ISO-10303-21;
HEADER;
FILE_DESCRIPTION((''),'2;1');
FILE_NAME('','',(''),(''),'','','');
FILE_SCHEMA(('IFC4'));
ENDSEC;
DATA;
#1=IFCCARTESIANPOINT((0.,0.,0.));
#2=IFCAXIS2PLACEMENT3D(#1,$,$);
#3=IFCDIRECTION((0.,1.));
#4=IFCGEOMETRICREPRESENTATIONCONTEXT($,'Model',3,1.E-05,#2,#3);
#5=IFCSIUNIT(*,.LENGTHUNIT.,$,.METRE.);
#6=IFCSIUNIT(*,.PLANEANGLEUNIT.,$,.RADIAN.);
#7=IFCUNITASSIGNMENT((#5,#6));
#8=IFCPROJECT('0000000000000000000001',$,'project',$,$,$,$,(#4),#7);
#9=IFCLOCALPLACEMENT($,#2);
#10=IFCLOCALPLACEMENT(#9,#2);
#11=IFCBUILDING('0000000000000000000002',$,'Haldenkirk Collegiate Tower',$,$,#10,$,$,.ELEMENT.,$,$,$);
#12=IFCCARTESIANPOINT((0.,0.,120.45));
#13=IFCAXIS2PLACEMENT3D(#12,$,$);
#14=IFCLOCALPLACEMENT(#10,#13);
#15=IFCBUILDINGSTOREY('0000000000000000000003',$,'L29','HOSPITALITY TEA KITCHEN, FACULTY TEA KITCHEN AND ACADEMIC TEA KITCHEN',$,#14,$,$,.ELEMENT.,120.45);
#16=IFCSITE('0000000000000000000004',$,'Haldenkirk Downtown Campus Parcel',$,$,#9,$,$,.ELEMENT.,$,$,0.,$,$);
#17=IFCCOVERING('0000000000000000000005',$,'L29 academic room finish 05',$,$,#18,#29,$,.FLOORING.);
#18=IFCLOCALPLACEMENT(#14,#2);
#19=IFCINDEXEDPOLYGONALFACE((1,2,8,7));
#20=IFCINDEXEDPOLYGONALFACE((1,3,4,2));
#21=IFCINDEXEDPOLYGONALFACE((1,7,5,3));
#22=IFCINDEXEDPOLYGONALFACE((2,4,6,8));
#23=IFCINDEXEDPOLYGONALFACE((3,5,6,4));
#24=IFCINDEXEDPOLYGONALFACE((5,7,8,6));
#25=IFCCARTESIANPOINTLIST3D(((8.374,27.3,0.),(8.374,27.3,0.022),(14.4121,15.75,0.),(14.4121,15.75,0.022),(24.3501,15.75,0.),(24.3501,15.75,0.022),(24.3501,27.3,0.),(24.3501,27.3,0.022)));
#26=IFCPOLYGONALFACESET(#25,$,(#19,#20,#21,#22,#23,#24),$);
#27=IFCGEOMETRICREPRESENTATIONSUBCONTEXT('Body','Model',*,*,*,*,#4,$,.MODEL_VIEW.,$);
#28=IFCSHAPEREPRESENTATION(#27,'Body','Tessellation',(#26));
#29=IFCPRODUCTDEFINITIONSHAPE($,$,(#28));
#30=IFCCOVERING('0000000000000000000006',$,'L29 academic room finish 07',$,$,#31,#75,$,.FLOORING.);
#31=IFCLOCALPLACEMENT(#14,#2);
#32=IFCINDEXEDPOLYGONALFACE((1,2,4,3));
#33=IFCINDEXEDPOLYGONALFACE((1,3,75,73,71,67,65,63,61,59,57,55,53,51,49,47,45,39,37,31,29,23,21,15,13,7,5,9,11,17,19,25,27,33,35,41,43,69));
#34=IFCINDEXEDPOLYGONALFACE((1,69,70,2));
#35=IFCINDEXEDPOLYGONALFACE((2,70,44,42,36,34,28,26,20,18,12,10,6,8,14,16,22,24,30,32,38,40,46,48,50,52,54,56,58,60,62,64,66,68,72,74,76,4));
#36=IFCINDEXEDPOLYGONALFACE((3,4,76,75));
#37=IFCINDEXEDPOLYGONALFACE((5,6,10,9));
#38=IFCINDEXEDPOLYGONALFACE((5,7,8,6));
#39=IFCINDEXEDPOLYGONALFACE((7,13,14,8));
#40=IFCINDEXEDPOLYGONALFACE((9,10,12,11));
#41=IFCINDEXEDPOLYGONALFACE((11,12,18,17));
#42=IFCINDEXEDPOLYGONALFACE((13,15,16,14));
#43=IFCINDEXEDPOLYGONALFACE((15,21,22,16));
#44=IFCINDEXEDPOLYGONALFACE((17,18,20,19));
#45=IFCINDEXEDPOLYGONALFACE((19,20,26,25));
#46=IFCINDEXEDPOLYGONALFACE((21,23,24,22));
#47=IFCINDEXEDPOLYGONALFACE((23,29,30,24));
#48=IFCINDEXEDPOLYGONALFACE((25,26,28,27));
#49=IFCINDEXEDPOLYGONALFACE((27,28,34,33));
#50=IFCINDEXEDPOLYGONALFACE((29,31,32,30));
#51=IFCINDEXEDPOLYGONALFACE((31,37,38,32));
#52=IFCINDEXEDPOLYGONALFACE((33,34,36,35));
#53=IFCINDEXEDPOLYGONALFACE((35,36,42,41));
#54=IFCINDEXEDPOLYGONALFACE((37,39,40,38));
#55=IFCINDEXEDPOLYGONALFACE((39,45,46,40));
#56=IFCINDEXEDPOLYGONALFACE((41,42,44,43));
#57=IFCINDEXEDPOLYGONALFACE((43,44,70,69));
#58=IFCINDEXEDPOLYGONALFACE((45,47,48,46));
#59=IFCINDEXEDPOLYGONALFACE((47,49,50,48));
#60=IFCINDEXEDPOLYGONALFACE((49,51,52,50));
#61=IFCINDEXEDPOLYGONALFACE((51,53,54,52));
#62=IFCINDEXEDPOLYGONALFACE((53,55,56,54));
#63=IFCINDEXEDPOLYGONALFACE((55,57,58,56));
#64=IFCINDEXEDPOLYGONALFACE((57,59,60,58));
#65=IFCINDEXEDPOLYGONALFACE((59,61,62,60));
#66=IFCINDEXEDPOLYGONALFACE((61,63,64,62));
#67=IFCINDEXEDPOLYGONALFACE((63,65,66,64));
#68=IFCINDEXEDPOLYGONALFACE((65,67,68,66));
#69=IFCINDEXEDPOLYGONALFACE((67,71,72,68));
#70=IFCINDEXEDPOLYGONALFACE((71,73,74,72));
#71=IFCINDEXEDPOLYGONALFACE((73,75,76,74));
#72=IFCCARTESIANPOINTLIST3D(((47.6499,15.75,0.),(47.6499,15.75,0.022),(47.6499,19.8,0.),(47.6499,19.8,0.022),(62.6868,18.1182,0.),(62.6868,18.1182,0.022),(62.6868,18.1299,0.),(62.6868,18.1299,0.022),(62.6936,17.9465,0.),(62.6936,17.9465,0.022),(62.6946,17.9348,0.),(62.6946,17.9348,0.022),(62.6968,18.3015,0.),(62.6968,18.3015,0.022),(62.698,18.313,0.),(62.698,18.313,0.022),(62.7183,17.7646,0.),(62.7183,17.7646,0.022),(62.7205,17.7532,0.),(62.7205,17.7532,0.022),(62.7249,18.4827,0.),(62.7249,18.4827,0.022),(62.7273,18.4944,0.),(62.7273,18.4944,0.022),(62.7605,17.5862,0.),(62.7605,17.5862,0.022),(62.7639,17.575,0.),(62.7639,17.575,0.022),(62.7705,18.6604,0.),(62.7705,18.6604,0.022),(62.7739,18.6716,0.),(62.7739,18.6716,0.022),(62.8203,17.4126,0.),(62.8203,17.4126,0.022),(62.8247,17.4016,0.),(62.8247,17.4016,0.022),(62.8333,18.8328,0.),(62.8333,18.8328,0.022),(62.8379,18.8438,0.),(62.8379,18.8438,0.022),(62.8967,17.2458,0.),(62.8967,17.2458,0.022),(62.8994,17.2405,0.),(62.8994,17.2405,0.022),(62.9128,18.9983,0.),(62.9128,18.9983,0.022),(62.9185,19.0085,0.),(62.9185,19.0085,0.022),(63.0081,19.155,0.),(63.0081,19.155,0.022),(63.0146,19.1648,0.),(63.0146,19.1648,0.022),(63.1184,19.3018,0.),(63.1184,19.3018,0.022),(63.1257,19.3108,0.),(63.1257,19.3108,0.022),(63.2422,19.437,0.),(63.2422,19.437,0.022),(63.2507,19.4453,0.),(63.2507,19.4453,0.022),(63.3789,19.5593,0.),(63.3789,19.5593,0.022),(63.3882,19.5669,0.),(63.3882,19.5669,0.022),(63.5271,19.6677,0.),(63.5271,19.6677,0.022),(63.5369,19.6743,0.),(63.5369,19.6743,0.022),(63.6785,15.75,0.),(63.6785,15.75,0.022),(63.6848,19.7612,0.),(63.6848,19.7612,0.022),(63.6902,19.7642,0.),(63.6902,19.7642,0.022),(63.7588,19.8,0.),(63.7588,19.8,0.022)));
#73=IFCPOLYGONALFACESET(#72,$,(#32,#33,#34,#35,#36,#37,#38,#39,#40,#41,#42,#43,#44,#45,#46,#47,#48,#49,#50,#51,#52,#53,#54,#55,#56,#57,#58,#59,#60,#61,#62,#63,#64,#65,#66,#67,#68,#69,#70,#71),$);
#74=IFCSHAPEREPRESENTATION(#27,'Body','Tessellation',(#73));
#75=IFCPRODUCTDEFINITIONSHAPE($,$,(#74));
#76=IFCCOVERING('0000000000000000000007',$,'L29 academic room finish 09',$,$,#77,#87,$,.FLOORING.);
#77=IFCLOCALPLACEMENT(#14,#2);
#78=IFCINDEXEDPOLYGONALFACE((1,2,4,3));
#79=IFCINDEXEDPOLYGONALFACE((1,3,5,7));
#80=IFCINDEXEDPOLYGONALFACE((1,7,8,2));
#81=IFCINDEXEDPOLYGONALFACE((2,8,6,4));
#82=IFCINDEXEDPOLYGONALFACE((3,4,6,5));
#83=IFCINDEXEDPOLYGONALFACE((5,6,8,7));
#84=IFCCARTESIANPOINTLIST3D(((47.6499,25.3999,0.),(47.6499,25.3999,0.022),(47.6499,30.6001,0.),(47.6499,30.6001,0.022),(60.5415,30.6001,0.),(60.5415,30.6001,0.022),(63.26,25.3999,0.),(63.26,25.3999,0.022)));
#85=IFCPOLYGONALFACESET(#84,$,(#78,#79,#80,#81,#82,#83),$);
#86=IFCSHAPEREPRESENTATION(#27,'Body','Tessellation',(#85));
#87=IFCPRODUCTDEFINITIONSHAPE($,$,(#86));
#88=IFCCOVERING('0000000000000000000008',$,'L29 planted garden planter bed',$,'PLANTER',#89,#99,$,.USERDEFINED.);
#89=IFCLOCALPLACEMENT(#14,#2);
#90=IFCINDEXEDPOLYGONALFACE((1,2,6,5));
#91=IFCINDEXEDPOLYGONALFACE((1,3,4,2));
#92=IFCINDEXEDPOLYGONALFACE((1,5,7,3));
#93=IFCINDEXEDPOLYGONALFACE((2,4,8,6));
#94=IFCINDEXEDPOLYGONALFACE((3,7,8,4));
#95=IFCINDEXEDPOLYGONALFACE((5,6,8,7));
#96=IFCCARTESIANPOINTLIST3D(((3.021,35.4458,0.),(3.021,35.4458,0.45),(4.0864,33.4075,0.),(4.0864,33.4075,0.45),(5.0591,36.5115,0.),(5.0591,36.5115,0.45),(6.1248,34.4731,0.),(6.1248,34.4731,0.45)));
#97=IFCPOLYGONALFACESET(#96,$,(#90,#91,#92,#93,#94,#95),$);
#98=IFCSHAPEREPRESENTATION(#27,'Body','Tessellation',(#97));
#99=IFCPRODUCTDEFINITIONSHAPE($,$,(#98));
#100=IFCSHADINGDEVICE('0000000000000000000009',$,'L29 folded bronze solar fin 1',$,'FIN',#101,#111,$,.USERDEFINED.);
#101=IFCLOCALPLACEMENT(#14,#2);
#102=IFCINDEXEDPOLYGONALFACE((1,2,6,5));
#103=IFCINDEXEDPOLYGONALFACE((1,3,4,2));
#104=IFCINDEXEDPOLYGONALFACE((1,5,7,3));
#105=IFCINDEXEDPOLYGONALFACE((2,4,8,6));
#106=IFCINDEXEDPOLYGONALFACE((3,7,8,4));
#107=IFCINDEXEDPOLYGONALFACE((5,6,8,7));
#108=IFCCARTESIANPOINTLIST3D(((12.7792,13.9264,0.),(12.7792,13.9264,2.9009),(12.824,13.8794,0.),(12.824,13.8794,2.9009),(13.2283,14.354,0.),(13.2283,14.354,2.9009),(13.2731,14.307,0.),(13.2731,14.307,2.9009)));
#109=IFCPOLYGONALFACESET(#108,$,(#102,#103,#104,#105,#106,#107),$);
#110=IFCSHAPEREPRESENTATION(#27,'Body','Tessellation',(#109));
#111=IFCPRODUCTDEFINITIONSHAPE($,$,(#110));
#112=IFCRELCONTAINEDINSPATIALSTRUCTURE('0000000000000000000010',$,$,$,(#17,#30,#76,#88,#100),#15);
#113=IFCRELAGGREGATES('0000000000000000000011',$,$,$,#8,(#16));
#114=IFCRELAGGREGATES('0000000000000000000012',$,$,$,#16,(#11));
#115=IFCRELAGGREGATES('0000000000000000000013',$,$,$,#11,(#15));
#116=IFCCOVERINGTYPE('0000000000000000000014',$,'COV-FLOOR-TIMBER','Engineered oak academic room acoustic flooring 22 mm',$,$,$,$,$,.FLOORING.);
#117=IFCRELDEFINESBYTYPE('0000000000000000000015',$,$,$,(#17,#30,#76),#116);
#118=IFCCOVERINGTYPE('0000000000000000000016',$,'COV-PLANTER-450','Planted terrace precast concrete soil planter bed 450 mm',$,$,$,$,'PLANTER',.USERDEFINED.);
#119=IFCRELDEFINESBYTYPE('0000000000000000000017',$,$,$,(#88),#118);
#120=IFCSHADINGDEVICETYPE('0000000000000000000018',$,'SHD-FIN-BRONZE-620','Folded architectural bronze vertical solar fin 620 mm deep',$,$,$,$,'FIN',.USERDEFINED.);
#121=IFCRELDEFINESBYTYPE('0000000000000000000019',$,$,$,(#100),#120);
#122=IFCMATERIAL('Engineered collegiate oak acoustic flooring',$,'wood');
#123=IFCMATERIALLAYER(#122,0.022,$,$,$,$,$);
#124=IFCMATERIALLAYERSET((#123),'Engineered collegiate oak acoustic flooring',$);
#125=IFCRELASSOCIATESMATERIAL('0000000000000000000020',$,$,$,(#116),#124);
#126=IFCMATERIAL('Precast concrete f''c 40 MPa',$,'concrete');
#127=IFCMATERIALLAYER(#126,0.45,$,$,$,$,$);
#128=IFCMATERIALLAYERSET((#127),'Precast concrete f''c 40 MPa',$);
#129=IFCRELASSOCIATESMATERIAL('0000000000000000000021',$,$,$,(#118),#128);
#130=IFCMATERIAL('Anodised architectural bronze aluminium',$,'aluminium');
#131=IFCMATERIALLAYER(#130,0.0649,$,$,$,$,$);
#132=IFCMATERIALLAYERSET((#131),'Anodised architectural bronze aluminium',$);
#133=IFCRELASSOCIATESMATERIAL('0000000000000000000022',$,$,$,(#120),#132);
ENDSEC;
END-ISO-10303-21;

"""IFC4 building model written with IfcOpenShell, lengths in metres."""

from ifc_helpers import new_model, si_unit, direction, frame, origin, origin_2d, place, context, subcontext, project, spatial, polyline, rectangle, outline, extrude, source, transform, mapped, material, layer, layer_set, type_object, element, save


model = new_model("IFC4")

# Units and contexts
model_context = context("Model", 3, precision=1e-05, world=origin(), true_north=direction((0.0, 1.0)))
body_context = subcontext(model_context, "Body", "Model", "MODEL_VIEW")
ifc_project = project(units=[si_unit("LENGTHUNIT", "METRE"), si_unit("PLANEANGLEUNIT", "RADIAN")], contexts=[model_context])

# Site, building, storey
site_placement = place(None, origin())
site = spatial("IfcSite", under=ifc_project, at=site_placement, Name="Haldenkirk Downtown Campus Parcel", CompositionType="ELEMENT", RefElevation=0.0)
building_placement = place(site_placement, origin())
building = spatial("IfcBuilding", under=site, at=building_placement, Name="Haldenkirk Collegiate Tower", CompositionType="ELEMENT")
storey_placement = place(building_placement, frame((0.0, 0.0, 120.45)))
storey = spatial("IfcBuildingStorey", under=building, at=storey_placement, Name="L29", Description="HOSPITALITY TEA KITCHEN, FACULTY TEA KITCHEN AND ACADEMIC TEA KITCHEN", CompositionType="ELEMENT", Elevation=120.45)

# Shared definitions
ifc_material_1 = material(Name="Anodised architectural bronze aluminium", Category="aluminium")

# Coverings
ifc_material_2 = material(Name="Engineered collegiate oak acoustic flooring", Category="wood")
ifc_layer_1 = layer(ifc_material_2, 0.022)
ifc_layer_set_1 = layer_set([ifc_layer_1], Name="Engineered collegiate oak acoustic flooring")
covering_type_1 = type_object("IfcCoveringType", Name="COV-FLOOR-TIMBER", Description="Engineered oak academic room acoustic flooring 22 mm", PredefinedType="FLOORING", material=ifc_layer_set_1)
covering_1_placement = place(storey_placement, origin())
element("IfcCovering", 1, at=covering_1_placement, inside=storey, type_object=covering_type_1, Name="L29 academic room finish 05", PredefinedType="FLOORING", context=body_context, shape_type="SweptSolid", body=[
    extrude(outline(polyline([(8.374, 27.3), (24.3501, 27.3), (24.3501, 15.75), (14.4121, 15.75), (8.374, 27.3)])), origin(), (0.0, 0.0, 1.0), 0.022),
])
covering_2_placement = place(storey_placement, origin())
element("IfcCovering", 2, at=covering_2_placement, inside=storey, type_object=covering_type_1, Name="L29 academic room finish 07", PredefinedType="FLOORING", context=body_context, shape_type="SweptSolid", body=[
    extrude(outline(polyline([(63.6902, 19.7642), (63.6848, 19.7612), (63.5369, 19.6743), (63.5271, 19.6677), (63.3882, 19.5669), (63.3789, 19.5593), (63.2507, 19.4453), (63.2422, 19.437), (63.1257, 19.3108), (63.1184, 19.3018), (63.0146, 19.1648), (63.0081, 19.155), (62.9185, 19.0085), (62.9128, 18.9983), (62.8379, 18.8438), (62.8333, 18.8328), (62.7739, 18.6716), (62.7705, 18.6604), (62.7273, 18.4944), (62.7249, 18.4827), (62.698, 18.313), (62.6968, 18.3015), (62.6868, 18.1299), (62.6868, 18.1182), (62.6936, 17.9465), (62.6946, 17.9348), (62.7183, 17.7646), (62.7205, 17.7532), (62.7605, 17.5862), (62.7639, 17.575), (62.8203, 17.4126), (62.8247, 17.4016), (62.8967, 17.2458), (62.8994, 17.2405), (63.6785, 15.75), (47.6499, 15.75), (47.6499, 19.8), (63.7588, 19.8), (63.6902, 19.7642)])), origin(), (0.0, 0.0, 1.0), 0.022),
])
covering_3_placement = place(storey_placement, origin())
element("IfcCovering", 3, at=covering_3_placement, inside=storey, type_object=covering_type_1, Name="L29 academic room finish 09", PredefinedType="FLOORING", context=body_context, shape_type="SweptSolid", body=[
    extrude(outline(polyline([(63.26, 25.3999), (47.6499, 25.3999), (47.6499, 30.6001), (60.5415, 30.6001), (63.26, 25.3999)])), origin(), (0.0, 0.0, 1.0), 0.022),
])
ifc_material_3 = material(Name="Precast concrete f'c 40 MPa", Category="concrete")
ifc_layer_2 = layer(ifc_material_3, 0.45)
ifc_layer_set_2 = layer_set([ifc_layer_2], Name="Precast concrete f'c 40 MPa")
covering_type_2 = type_object("IfcCoveringType", Name="COV-PLANTER-450", Description="Planted terrace precast concrete soil planter bed 450 mm", ElementType="PLANTER", PredefinedType="USERDEFINED", material=ifc_layer_set_2)
covering_4_placement = place(storey_placement, origin())
element("IfcCovering", 4, at=covering_4_placement, inside=storey, type_object=covering_type_2, Name="L29 planted garden planter bed", ObjectType="PLANTER", PredefinedType="USERDEFINED", context=body_context, shape_type="SweptSolid", body=[
    extrude(outline(polyline([(4.0864, 33.4075), (3.021, 35.4458), (5.0591, 36.5115), (6.1248, 34.4731), (4.0864, 33.4075)])), origin(), (0.0, 0.0, 1.0), 0.45),
])

# Shading device
ifc_layer_3 = layer(ifc_material_1, 0.0649)
ifc_layer_set_3 = layer_set([ifc_layer_3], Name="Anodised architectural bronze aluminium")
shading_device_type = type_object("IfcShadingDeviceType", Name="SHD-FIN-BRONZE-620", Description="Folded architectural bronze vertical solar fin 620 mm deep", ElementType="FIN", PredefinedType="USERDEFINED", material=ifc_layer_set_3)
shared_shape_1 = source(origin(), body_context, "Body", "SweptSolid", [
    extrude(rectangle(XDim=0.6201, YDim=0.0649, at=origin_2d()), origin(), (0.0, 0.0, 1.0), 2.9009),
])
shading_device_placement = place(storey_placement, frame((13.0261, 14.1167, 0.0), z_axis=(0.0, 0.0, 1.0), x_axis=(-0.724172, -0.68962, 0.0)))
element("IfcShadingDevice", 5, at=shading_device_placement, inside=storey, type_object=shading_device_type, Name="L29 folded bronze solar fin 1", ObjectType="FIN", PredefinedType="USERDEFINED", context=body_context, shape_type="MappedRepresentation", body=[
    mapped(shared_shape_1, transform((0.0, 0.0, 0.0), x_axis=(1.0, 0.0, 0.0), y_axis=(0.0, 1.0, 0.0), z_axis=(0.0, 0.0, 1.0), scale=1.0)),
])

save(model, "model.ifc")
